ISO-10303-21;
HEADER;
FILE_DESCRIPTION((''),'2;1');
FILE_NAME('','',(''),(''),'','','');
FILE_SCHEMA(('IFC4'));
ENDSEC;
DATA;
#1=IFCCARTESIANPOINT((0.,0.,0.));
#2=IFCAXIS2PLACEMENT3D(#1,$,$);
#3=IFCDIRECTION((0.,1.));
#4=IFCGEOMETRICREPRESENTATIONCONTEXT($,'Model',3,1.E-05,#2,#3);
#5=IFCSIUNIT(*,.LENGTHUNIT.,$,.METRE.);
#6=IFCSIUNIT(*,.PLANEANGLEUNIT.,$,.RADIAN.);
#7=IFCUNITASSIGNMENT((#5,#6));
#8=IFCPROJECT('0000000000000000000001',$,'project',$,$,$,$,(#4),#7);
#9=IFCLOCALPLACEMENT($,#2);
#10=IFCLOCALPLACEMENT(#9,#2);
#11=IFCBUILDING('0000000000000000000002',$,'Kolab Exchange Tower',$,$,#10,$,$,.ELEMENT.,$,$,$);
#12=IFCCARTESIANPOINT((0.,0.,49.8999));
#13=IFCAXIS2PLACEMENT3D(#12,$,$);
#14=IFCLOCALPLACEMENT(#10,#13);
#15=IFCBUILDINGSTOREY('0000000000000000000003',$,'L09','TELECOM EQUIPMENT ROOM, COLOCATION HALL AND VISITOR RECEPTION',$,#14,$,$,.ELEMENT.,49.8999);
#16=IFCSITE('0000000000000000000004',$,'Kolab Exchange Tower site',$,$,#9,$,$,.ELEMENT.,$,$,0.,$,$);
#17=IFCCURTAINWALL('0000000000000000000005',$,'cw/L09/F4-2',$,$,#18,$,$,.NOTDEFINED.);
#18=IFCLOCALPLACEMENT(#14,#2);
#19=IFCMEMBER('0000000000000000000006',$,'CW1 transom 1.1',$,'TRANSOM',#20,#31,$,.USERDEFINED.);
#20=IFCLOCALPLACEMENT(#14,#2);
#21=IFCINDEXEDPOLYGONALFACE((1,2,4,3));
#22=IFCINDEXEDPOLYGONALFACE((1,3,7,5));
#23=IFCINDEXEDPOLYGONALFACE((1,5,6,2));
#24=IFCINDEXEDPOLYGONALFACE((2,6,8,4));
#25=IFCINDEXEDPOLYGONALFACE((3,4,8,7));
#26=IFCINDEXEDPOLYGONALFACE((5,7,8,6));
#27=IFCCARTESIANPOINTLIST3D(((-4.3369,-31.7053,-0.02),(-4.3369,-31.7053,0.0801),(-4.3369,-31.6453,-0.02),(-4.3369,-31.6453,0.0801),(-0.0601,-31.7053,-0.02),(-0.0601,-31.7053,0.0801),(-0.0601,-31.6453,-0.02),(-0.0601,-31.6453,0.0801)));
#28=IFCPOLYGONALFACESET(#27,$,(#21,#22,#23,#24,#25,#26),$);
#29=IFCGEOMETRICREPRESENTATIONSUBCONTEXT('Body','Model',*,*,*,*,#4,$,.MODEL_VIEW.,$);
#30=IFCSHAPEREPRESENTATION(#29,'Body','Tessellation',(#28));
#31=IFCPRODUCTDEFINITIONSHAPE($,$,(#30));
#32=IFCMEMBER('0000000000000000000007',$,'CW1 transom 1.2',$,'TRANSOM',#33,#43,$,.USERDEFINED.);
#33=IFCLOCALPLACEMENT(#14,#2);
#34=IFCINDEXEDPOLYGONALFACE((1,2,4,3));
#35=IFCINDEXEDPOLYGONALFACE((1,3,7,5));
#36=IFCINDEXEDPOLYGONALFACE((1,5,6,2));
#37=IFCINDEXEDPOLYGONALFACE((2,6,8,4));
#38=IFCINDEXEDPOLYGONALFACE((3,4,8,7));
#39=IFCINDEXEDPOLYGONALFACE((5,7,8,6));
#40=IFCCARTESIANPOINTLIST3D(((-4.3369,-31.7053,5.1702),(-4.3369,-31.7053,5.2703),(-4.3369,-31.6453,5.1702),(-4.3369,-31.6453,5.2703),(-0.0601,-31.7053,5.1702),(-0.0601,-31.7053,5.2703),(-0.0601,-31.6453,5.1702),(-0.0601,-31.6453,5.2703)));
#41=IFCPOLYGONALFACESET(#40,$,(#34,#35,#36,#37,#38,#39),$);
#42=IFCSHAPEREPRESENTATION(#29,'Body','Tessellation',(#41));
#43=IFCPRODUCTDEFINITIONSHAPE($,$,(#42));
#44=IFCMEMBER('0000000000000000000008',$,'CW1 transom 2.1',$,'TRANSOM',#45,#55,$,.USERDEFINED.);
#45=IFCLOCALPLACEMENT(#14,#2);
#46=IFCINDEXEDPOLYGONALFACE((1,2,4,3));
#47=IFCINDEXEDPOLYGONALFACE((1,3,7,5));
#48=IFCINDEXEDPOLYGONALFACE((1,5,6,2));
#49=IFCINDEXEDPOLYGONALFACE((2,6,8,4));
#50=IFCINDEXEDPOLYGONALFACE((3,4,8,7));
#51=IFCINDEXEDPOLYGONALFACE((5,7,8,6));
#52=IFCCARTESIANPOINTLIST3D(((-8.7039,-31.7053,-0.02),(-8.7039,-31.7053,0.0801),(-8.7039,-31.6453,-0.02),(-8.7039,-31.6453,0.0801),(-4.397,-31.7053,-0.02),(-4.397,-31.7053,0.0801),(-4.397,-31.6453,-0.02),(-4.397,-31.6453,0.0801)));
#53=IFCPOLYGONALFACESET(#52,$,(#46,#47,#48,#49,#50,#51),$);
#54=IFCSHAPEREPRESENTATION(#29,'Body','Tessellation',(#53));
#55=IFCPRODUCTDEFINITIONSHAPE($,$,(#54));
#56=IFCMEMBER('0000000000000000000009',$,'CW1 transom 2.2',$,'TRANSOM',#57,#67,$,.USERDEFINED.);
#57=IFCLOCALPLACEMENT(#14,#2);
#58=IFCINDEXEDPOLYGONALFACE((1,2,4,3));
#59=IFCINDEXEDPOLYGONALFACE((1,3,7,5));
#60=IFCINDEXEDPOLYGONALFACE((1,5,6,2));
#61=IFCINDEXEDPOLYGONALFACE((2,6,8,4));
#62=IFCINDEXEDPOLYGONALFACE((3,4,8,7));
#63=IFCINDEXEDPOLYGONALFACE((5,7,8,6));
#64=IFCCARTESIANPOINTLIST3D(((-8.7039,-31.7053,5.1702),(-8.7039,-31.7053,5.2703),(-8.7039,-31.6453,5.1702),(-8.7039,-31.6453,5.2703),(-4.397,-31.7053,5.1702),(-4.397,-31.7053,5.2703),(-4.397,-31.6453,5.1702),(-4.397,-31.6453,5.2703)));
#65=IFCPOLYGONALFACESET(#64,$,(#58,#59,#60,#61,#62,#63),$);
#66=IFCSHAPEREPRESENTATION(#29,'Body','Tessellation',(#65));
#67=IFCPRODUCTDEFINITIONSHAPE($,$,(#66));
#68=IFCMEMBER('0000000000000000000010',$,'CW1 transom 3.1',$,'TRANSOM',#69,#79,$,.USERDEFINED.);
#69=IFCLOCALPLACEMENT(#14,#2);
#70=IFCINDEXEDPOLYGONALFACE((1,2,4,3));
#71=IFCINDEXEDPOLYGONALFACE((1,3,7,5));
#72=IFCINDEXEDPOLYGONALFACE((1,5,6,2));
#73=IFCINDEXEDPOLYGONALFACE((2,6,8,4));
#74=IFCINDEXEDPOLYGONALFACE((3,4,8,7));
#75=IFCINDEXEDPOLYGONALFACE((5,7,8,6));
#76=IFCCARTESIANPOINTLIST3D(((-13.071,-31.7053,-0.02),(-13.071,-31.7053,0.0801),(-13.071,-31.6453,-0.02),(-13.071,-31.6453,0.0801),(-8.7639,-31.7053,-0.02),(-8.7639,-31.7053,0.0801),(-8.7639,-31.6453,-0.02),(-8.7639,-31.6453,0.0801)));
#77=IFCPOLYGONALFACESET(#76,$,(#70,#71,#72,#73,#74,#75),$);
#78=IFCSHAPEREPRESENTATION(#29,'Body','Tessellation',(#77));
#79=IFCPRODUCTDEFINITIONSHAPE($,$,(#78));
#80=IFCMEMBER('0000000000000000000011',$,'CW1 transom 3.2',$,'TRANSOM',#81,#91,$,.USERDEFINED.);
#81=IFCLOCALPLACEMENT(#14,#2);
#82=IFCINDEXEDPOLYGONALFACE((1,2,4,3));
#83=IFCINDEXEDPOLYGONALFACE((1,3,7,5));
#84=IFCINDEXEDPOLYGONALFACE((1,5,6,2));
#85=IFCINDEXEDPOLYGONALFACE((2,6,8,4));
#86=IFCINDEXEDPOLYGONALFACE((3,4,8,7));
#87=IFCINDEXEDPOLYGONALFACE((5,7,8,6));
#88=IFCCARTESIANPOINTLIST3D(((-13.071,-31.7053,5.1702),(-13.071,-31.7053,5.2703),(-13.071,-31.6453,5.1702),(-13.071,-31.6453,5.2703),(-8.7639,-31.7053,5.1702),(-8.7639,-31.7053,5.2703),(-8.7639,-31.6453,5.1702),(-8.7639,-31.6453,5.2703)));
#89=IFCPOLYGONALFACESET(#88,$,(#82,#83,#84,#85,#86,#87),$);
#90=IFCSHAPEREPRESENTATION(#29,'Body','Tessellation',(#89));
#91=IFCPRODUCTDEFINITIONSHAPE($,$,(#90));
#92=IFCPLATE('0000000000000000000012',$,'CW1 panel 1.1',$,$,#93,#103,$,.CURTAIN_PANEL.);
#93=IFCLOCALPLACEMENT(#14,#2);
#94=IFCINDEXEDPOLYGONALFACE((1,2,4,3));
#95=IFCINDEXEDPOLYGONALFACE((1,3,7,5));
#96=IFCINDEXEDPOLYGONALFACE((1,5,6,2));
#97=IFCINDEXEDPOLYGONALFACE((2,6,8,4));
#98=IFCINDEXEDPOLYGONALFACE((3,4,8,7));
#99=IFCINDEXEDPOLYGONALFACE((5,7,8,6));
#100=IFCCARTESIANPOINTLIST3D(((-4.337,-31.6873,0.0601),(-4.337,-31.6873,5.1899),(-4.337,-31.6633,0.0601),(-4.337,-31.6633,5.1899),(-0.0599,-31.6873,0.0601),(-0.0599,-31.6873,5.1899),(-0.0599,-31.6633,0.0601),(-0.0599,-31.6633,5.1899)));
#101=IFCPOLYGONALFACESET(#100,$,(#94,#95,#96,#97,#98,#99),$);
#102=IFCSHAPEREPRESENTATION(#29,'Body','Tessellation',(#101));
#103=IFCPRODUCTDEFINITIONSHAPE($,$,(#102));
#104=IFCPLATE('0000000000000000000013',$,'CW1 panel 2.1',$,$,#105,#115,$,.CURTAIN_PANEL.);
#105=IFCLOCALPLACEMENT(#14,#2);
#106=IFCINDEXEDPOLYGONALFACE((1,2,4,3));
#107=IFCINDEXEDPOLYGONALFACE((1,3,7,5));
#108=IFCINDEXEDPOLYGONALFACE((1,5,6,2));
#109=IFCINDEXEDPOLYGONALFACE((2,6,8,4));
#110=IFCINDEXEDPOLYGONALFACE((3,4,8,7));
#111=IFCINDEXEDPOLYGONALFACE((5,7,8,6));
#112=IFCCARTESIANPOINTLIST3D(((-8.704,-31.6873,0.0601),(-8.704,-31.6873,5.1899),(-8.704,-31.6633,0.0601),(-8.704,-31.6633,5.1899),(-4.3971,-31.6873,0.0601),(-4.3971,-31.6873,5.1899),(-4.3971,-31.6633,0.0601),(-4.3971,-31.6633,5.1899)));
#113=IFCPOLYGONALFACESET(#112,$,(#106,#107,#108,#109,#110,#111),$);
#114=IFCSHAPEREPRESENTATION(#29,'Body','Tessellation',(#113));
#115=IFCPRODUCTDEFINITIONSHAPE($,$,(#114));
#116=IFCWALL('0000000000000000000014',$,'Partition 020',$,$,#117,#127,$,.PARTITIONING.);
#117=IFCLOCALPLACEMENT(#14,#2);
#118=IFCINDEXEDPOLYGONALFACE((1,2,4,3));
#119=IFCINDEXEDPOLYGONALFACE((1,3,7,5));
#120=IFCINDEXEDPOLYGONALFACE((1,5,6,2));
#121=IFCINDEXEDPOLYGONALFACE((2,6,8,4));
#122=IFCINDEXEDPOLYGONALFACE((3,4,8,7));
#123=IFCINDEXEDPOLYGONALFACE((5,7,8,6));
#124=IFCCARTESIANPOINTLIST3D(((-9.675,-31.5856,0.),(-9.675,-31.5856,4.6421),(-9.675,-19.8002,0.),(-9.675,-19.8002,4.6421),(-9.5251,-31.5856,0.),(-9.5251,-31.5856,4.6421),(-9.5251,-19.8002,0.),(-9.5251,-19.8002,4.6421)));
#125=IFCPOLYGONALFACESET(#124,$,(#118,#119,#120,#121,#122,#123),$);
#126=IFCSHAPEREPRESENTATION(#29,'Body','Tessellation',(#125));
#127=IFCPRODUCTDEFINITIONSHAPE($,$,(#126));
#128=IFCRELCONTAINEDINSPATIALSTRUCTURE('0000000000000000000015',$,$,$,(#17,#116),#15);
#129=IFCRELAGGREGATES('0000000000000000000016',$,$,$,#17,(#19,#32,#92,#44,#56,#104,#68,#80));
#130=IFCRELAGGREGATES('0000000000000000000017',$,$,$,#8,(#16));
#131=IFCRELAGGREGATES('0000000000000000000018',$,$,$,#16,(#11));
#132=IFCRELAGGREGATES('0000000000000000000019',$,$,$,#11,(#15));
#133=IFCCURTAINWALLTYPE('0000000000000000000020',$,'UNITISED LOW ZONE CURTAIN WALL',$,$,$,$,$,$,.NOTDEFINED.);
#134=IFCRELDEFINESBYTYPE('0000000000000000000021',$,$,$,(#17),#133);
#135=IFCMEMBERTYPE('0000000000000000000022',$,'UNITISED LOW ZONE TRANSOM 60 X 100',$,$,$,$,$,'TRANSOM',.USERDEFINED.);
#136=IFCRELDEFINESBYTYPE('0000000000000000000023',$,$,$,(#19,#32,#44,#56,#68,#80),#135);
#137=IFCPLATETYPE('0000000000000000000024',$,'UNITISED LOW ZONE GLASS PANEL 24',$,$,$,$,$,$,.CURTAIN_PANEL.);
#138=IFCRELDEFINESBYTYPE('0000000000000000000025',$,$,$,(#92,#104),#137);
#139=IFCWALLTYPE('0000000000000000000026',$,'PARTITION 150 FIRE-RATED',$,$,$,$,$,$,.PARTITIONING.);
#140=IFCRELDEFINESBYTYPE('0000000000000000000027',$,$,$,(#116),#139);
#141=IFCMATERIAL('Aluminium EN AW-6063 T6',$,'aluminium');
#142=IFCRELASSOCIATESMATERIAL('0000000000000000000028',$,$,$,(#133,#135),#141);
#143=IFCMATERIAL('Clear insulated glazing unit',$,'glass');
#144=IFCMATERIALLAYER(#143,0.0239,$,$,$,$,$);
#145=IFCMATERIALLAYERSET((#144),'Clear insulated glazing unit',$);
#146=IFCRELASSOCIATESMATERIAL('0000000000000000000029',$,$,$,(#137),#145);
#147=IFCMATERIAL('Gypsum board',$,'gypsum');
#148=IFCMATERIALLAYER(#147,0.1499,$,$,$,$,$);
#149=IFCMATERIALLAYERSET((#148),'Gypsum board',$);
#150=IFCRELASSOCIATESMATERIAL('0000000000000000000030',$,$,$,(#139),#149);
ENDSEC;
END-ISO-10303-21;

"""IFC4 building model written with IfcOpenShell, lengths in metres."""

from ifc_helpers import new_model, si_unit, direction, frame, frame_2d, origin, origin_2d, place, context, subcontext, project, spatial, rectangle, extrude, material, layer, layer_set, material_profile, profile_set, type_object, element, aggregate, save


model = new_model("IFC4")

# Units and contexts
model_context = context("Model", 3, precision=1e-05, world=origin(), true_north=direction((0.0, 1.0)))
body_context = subcontext(model_context, "Body", "Model", "MODEL_VIEW")
ifc_project = project(units=[si_unit("LENGTHUNIT", "METRE"), si_unit("PLANEANGLEUNIT", "RADIAN")], contexts=[model_context])

# Site, building, storey
site_placement = place(None, origin())
site = spatial("IfcSite", under=ifc_project, at=site_placement, Name="Kolab Exchange Tower site", CompositionType="ELEMENT", RefElevation=0.0)
building_placement = place(site_placement, origin())
building = spatial("IfcBuilding", under=site, at=building_placement, Name="Kolab Exchange Tower", CompositionType="ELEMENT")
storey_placement = place(building_placement, frame((0.0, 0.0, 49.8999)))
storey = spatial("IfcBuildingStorey", under=building, at=storey_placement, Name="L09", Description="TELECOM EQUIPMENT ROOM, COLOCATION HALL AND VISITOR RECEPTION", CompositionType="ELEMENT", Elevation=49.8999)

# Curtain wall, members, plates
ifc_material_1 = material(Name="Aluminium EN AW-6063 T6", Category="aluminium")
curtain_wall_type = type_object("IfcCurtainWallType", Name="UNITISED LOW ZONE CURTAIN WALL", PredefinedType="NOTDEFINED", material=ifc_material_1)
curtain_wall_placement = place(storey_placement, origin())
curtain_wall = element("IfcCurtainWall", 1, at=curtain_wall_placement, inside=storey, type_object=curtain_wall_type, Name="cw/L09/F4-2", PredefinedType="NOTDEFINED")
ifc_material_profile_1 = material_profile(ifc_material_1, rectangle(XDim=0.0601, YDim=0.1001, at=origin_2d()), Name="RECT 60X100")
ifc_profile_set_1 = profile_set([ifc_material_profile_1], Name="Aluminium EN AW-6063 T6")
member_type_1 = type_object("IfcMemberType", Name="UNITISED LOW ZONE TRANSOM 60 X 100", ElementType="TRANSOM", PredefinedType="USERDEFINED", material=ifc_profile_set_1)
member_1_placement = place(storey_placement, frame((-0.0601, -31.6753, 0.03), z_axis=(-1.0, 0.0, 0.0), x_axis=(0.0, -1.0, 0.0)))
member_1 = element("IfcMember", 2, at=member_1_placement, type_object=member_type_1, Name="CW1 transom 1.1", ObjectType="TRANSOM", PredefinedType="USERDEFINED", context=body_context, shape_type="SweptSolid", body=[
    extrude(rectangle(XDim=0.0601, YDim=0.1001, at=origin_2d()), origin(), (0.0, 0.0, 1.0), 4.2769),
])
member_2_placement = place(storey_placement, frame((-0.0601, -31.6753, 5.2202), z_axis=(-1.0, 0.0, 0.0), x_axis=(0.0, -1.0, 0.0)))
member_2 = element("IfcMember", 3, at=member_2_placement, type_object=member_type_1, Name="CW1 transom 1.2", ObjectType="TRANSOM", PredefinedType="USERDEFINED", context=body_context, shape_type="SweptSolid", body=[
    extrude(rectangle(XDim=0.0601, YDim=0.1001, at=origin_2d()), origin(), (0.0, 0.0, 1.0), 4.2769),
])
member_3_placement = place(storey_placement, frame((-4.397, -31.6753, 0.03), z_axis=(-1.0, 0.0, 0.0), x_axis=(0.0, -1.0, 0.0)))
member_3 = element("IfcMember", 4, at=member_3_placement, type_object=member_type_1, Name="CW1 transom 2.1", ObjectType="TRANSOM", PredefinedType="USERDEFINED", context=body_context, shape_type="SweptSolid", body=[
    extrude(rectangle(XDim=0.0601, YDim=0.1001, at=origin_2d()), origin(), (0.0, 0.0, 1.0), 4.3069),
])
member_4_placement = place(storey_placement, frame((-4.397, -31.6753, 5.2202), z_axis=(-1.0, 0.0, 0.0), x_axis=(0.0, -1.0, 0.0)))
member_4 = element("IfcMember", 5, at=member_4_placement, type_object=member_type_1, Name="CW1 transom 2.2", ObjectType="TRANSOM", PredefinedType="USERDEFINED", context=body_context, shape_type="SweptSolid", body=[
    extrude(rectangle(XDim=0.0601, YDim=0.1001, at=origin_2d()), origin(), (0.0, 0.0, 1.0), 4.3069),
])
member_5_placement = place(storey_placement, frame((-8.7639, -31.6753, 0.03), z_axis=(-1.0, 0.0, 0.0), x_axis=(0.0, -1.0, 0.0)))
member_5 = element("IfcMember", 6, at=member_5_placement, type_object=member_type_1, Name="CW1 transom 3.1", ObjectType="TRANSOM", PredefinedType="USERDEFINED", context=body_context, shape_type="SweptSolid", body=[
    extrude(rectangle(XDim=0.0601, YDim=0.1001, at=origin_2d()), origin(), (0.0, 0.0, 1.0), 4.3071),
])
member_6_placement = place(storey_placement, frame((-8.7639, -31.6753, 5.2202), z_axis=(-1.0, 0.0, 0.0), x_axis=(0.0, -1.0, 0.0)))
member_6 = element("IfcMember", 7, at=member_6_placement, type_object=member_type_1, Name="CW1 transom 3.2", ObjectType="TRANSOM", PredefinedType="USERDEFINED", context=body_context, shape_type="SweptSolid", body=[
    extrude(rectangle(XDim=0.0601, YDim=0.1001, at=origin_2d()), origin(), (0.0, 0.0, 1.0), 4.3071),
])
ifc_material_2 = material(Name="Clear insulated glazing unit", Category="glass")
ifc_layer_1 = layer(ifc_material_2, 0.0239)
ifc_layer_set_1 = layer_set([ifc_layer_1], Name="Clear insulated glazing unit")
plate_type = type_object("IfcPlateType", Name="UNITISED LOW ZONE GLASS PANEL 24", PredefinedType="CURTAIN_PANEL", material=ifc_layer_set_1)
plate_1_placement = place(storey_placement, frame((-2.1985, -31.6753, 0.0601), z_axis=(0.0, 0.0, 1.0), x_axis=(-1.0, 0.0, 0.0)))
plate_1 = element("IfcPlate", 8, at=plate_1_placement, type_object=plate_type, Name="CW1 panel 1.1", PredefinedType="CURTAIN_PANEL", context=body_context, shape_type="SweptSolid", body=[
    extrude(rectangle(XDim=4.2771, YDim=0.0239, at=origin_2d()), origin(), (0.0, 0.0, 1.0), 5.1299),
])
plate_2_placement = place(storey_placement, frame((-6.5505, -31.6753, 0.0601), z_axis=(0.0, 0.0, 1.0), x_axis=(-1.0, 0.0, 0.0)))
plate_2 = element("IfcPlate", 9, at=plate_2_placement, type_object=plate_type, Name="CW1 panel 2.1", PredefinedType="CURTAIN_PANEL", context=body_context, shape_type="SweptSolid", body=[
    extrude(rectangle(XDim=4.3069, YDim=0.0239, at=origin_2d()), origin(), (0.0, 0.0, 1.0), 5.1299),
])
aggregate(curtain_wall, [member_1, member_2, plate_1, member_3, member_4, plate_2, member_5, member_6])

# Wall
ifc_material_3 = material(Name="Gypsum board", Category="gypsum")
ifc_layer_2 = layer(ifc_material_3, 0.1499)
ifc_layer_set_2 = layer_set([ifc_layer_2], Name="Gypsum board")
wall_type = type_object("IfcWallType", Name="PARTITION 150 FIRE-RATED", PredefinedType="PARTITIONING", material=ifc_layer_set_2)
wall_placement = place(storey_placement, frame((-9.6001, -31.5854, 0.0), z_axis=(0.0, 0.0, 1.0), x_axis=(0.0, 1.0, 0.0)))
element("IfcWall", 10, at=wall_placement, inside=storey, type_object=wall_type, Name="Partition 020", PredefinedType="PARTITIONING", context=body_context, shape_type="SweptSolid", body=[
    extrude(rectangle(XDim=11.7854, YDim=0.1499, at=frame_2d((5.8926, 0.0))), origin(), (0.0, 0.0, 1.0), 4.6421),
])

save(model, "model.ifc")
